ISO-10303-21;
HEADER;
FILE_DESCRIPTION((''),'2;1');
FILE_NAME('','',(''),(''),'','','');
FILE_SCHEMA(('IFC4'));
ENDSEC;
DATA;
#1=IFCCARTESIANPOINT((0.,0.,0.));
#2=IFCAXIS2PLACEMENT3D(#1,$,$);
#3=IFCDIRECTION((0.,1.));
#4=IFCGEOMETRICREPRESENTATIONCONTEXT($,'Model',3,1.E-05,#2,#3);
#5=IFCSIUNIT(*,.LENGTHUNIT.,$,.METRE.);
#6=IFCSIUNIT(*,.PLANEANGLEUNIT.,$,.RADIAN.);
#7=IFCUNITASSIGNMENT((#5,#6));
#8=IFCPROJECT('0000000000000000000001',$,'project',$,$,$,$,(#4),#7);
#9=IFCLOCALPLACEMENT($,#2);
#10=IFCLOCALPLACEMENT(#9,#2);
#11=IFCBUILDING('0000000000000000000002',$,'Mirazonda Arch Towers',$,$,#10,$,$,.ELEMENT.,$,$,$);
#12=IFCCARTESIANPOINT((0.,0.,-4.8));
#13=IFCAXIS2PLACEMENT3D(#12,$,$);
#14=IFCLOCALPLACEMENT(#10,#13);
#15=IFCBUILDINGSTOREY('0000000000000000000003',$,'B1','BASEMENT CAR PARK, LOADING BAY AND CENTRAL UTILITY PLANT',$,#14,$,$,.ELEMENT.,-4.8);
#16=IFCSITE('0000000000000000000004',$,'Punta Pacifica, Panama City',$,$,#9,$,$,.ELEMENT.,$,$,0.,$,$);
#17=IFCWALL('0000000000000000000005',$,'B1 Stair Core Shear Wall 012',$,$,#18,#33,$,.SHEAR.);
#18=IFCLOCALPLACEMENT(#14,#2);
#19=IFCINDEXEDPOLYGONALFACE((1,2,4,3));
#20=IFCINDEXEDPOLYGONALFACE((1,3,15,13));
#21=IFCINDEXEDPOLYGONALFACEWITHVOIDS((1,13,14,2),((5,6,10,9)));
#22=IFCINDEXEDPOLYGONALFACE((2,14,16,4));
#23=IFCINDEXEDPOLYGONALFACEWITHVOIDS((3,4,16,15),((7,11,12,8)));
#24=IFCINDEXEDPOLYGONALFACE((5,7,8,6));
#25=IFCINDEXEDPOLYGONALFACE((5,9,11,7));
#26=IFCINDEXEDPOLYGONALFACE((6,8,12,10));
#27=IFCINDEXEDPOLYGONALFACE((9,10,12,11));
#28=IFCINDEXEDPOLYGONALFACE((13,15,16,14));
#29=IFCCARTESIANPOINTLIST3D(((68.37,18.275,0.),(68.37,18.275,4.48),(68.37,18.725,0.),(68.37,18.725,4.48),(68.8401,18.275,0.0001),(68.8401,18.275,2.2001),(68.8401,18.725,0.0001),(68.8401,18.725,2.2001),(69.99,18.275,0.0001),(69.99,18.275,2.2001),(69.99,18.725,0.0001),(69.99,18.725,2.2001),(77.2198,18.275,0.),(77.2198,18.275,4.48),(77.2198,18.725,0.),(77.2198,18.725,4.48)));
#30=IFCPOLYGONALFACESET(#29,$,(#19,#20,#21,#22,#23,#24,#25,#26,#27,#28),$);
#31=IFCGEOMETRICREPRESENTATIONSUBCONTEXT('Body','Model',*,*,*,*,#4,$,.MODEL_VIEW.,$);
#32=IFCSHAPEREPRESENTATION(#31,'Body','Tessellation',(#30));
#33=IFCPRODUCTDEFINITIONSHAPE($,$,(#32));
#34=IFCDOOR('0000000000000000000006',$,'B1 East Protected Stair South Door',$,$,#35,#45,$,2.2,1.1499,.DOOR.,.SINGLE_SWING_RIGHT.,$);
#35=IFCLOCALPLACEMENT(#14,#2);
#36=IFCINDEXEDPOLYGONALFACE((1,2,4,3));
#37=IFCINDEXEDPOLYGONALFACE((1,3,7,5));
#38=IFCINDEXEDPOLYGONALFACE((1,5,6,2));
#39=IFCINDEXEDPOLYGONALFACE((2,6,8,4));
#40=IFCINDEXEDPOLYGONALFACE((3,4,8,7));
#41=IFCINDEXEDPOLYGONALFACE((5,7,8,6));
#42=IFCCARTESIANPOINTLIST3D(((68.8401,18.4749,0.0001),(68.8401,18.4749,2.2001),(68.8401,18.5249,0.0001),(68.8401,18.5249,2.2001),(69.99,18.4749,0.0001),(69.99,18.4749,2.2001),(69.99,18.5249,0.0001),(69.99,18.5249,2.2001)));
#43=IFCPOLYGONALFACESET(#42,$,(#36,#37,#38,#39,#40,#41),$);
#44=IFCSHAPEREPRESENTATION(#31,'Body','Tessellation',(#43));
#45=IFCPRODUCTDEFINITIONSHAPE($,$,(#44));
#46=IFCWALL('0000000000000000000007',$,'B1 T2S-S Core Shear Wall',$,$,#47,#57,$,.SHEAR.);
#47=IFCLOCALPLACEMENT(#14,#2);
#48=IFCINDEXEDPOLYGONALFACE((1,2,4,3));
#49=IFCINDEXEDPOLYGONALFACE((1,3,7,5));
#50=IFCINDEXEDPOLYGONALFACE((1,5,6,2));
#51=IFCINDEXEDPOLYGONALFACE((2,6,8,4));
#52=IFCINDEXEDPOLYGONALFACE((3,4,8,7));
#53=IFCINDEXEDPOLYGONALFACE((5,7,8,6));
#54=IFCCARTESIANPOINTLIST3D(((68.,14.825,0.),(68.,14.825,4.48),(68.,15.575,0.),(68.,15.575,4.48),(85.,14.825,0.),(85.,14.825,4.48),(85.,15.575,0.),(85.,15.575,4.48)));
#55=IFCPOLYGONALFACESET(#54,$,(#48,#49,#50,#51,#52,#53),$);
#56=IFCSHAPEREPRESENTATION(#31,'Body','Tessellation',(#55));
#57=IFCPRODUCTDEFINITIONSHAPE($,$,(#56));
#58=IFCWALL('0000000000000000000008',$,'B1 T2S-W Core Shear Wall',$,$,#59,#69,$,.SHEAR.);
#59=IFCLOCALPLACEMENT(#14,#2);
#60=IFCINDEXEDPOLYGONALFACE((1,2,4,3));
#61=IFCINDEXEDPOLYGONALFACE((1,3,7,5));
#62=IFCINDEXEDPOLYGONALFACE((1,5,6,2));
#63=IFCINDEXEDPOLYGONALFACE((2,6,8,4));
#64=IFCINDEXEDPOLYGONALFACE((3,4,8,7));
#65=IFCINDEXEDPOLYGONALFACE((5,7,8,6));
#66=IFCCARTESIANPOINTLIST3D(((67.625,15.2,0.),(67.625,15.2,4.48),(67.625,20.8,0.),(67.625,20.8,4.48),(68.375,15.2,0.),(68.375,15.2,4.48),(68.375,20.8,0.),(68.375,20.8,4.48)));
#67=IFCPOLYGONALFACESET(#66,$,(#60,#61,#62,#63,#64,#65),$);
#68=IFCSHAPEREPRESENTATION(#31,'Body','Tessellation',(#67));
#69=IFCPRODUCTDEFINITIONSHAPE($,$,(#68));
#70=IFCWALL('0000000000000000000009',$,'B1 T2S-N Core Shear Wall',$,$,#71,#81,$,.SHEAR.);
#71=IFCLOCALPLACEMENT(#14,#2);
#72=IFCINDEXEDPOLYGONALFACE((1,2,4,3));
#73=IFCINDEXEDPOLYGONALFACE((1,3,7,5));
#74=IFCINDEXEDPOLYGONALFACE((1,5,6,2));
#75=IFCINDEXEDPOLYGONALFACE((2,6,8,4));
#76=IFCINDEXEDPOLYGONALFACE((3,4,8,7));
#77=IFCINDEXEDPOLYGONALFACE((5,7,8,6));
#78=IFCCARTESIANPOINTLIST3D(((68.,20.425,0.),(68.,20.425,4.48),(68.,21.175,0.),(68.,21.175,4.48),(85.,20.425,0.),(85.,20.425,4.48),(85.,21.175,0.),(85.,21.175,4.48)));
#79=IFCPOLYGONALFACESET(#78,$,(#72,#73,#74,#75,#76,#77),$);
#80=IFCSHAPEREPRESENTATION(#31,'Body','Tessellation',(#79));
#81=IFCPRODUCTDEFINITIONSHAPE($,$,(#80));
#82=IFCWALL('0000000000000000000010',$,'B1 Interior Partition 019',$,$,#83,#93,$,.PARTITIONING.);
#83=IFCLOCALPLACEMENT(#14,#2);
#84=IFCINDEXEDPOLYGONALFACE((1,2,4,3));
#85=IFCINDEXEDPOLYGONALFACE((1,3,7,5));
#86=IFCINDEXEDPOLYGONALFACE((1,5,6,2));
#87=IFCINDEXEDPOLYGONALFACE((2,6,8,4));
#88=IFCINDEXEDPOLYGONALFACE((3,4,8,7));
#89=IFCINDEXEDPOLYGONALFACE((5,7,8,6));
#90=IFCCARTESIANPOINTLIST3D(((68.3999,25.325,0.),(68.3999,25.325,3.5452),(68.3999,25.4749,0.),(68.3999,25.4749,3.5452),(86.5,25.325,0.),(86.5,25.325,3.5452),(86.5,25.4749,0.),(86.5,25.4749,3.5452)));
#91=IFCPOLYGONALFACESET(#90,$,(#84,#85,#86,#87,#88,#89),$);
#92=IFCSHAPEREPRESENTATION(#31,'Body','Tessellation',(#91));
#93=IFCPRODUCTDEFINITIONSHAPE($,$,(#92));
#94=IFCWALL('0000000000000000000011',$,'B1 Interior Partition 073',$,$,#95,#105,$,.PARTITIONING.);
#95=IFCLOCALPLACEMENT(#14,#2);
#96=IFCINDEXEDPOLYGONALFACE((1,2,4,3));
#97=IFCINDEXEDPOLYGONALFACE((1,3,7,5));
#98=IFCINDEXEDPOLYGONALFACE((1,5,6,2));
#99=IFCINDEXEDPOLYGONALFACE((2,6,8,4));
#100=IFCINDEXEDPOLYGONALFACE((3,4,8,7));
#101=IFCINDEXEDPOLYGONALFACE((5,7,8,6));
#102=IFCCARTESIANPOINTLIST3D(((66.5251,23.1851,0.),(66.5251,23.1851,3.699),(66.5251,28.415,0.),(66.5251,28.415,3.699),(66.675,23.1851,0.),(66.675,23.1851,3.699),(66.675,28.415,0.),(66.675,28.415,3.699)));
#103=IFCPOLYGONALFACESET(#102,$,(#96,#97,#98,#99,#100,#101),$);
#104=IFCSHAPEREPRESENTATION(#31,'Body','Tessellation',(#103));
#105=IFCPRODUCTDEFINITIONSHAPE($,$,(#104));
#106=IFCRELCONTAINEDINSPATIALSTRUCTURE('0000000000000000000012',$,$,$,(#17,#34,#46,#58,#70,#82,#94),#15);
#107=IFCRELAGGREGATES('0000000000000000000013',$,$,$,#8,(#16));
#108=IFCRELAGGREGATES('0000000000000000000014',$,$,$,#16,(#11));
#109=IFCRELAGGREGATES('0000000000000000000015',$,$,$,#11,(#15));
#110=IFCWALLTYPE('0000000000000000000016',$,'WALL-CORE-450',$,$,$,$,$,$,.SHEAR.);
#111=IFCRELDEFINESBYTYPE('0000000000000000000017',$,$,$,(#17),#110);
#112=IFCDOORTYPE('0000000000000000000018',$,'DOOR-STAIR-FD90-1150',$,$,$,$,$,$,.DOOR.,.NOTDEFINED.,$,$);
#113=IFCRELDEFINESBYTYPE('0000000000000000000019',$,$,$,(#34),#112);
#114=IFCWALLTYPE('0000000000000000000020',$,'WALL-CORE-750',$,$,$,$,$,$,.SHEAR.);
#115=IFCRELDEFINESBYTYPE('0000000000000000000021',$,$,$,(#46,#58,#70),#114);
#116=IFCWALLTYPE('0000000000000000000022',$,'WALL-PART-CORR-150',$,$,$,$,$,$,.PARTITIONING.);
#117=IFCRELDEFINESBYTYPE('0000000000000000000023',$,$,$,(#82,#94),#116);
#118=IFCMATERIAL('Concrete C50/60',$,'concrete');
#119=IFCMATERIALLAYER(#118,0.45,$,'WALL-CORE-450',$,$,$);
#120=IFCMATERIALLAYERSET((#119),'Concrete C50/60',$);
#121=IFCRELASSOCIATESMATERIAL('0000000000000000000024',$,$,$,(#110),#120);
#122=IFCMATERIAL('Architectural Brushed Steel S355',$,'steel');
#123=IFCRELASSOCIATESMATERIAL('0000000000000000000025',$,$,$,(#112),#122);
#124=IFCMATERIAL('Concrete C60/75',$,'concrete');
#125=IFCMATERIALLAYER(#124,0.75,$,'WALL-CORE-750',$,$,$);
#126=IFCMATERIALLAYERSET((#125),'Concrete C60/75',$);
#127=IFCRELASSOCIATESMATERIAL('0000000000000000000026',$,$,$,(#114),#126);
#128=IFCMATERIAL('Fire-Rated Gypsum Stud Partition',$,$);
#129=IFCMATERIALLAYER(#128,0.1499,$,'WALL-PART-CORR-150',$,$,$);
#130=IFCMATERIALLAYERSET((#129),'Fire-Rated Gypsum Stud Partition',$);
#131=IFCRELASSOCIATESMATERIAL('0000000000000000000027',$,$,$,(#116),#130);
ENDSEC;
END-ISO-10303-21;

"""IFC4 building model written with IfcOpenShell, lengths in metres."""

from ifc_helpers import new_model, si_unit, direction, frame, frame_2d, origin, place, context, subcontext, project, spatial, rectangle, extrude, material, layer, layer_set, type_object, element, fill, save


model = new_model("IFC4")

# Units and contexts
model_context = context("Model", 3, precision=1e-05, world=origin(), true_north=direction((0.0, 1.0)))
body_context = subcontext(model_context, "Body", "Model", "MODEL_VIEW")
ifc_project = project(units=[si_unit("LENGTHUNIT", "METRE"), si_unit("PLANEANGLEUNIT", "RADIAN")], contexts=[model_context])

# Site, building, storey
site_placement = place(None, origin())
site = spatial("IfcSite", under=ifc_project, at=site_placement, Name="Punta Pacifica, Panama City", CompositionType="ELEMENT", RefElevation=0.0)
building_placement = place(site_placement, origin())
building = spatial("IfcBuilding", under=site, at=building_placement, Name="Mirazonda Arch Towers", CompositionType="ELEMENT")
storey_placement = place(building_placement, frame((0.0, 0.0, -4.8)))
storey = spatial("IfcBuildingStorey", under=building, at=storey_placement, Name="B1", Description="BASEMENT CAR PARK, LOADING BAY AND CENTRAL UTILITY PLANT", CompositionType="ELEMENT", Elevation=-4.8)

# Shared definitions
ifc_material_1 = material(Name="Concrete C50/60", Category="concrete")

# Shared definitions
ifc_material_2 = material(Name="Concrete C60/75", Category="concrete")

# Wall, opening, door
ifc_layer_1 = layer(ifc_material_1, 0.45, Name="WALL-CORE-450")
ifc_layer_set_1 = layer_set([ifc_layer_1], Name="Concrete C50/60")
wall_type_1 = type_object("IfcWallType", Name="WALL-CORE-450", PredefinedType="SHEAR", material=ifc_layer_set_1)
wall_1_placement = place(storey_placement, frame((68.3701, 18.5, 0.0), z_axis=(0.0, 0.0, 1.0), x_axis=(1.0, 0.0, 0.0)))
wall_1 = element("IfcWall", 1, at=wall_1_placement, inside=storey, type_object=wall_type_1, Name="B1 Stair Core Shear Wall 012", PredefinedType="SHEAR", context=body_context, shape_type="SweptSolid", body=[
    extrude(rectangle(XDim=8.8499, YDim=0.45, at=frame_2d((4.4248, 0.0))), origin(), (0.0, 0.0, 1.0), 4.48),
])
opening_placement = place(wall_1_placement, frame((0.47, 0.0, 0.0)))
opening = element("IfcOpeningElement", 2, at=opening_placement, cuts=wall_1, PredefinedType="OPENING", context=body_context, shape_type="SweptSolid", body=[
    extrude(rectangle(XDim=1.1499, YDim=2.2, at=frame_2d((0.575, 1.1001))), frame((0.0, 0.2349, 0.0), z_axis=(0.0, -1.0, 0.0), x_axis=(1.0, 0.0, 0.0)), (0.0, 0.0, 1.0), 0.47),
])
ifc_material_3 = material(Name="Architectural Brushed Steel S355", Category="steel")
door_type = type_object("IfcDoorType", Name="DOOR-STAIR-FD90-1150", OperationType="NOTDEFINED", PredefinedType="DOOR", material=ifc_material_3)
door_placement = place(opening_placement, origin())
door = element("IfcDoor", 3, at=door_placement, inside=storey, type_object=door_type, Name="B1 East Protected Stair South Door", OperationType="SINGLE_SWING_RIGHT", OverallHeight=2.2, OverallWidth=1.1499, PredefinedType="DOOR", context=body_context, shape_type="SweptSolid", body=[
    extrude(rectangle(XDim=1.1499, YDim=2.2, at=frame_2d((0.575, 1.1001))), frame((0.0, 0.0249, 0.0), z_axis=(0.0, -1.0, 0.0), x_axis=(1.0, 0.0, 0.0)), (0.0, 0.0, 1.0), 0.05),
])
fill(opening, door)

# Walls
ifc_layer_2 = layer(ifc_material_2, 0.75, Name="WALL-CORE-750")
ifc_layer_set_2 = layer_set([ifc_layer_2], Name="Concrete C60/75")
wall_type_2 = type_object("IfcWallType", Name="WALL-CORE-750", PredefinedType="SHEAR", material=ifc_layer_set_2)
wall_2_placement = place(storey_placement, frame((68.0, 15.2, 0.0), z_axis=(0.0, 0.0, 1.0), x_axis=(1.0, 0.0, 0.0)))
element("IfcWall", 4, at=wall_2_placement, inside=storey, type_object=wall_type_2, Name="B1 T2S-S Core Shear Wall", PredefinedType="SHEAR", context=body_context, shape_type="SweptSolid", body=[
    extrude(rectangle(XDim=17.0, YDim=0.75, at=frame_2d((8.5, 0.0))), origin(), (0.0, 0.0, 1.0), 4.48),
])
wall_3_placement = place(storey_placement, frame((68.0, 15.2, 0.0), z_axis=(0.0, 0.0, 1.0), x_axis=(0.0, 1.0, 0.0)))
element("IfcWall", 5, at=wall_3_placement, inside=storey, type_object=wall_type_2, Name="B1 T2S-W Core Shear Wall", PredefinedType="SHEAR", context=body_context, shape_type="SweptSolid", body=[
    extrude(rectangle(XDim=5.6001, YDim=0.75, at=frame_2d((2.8, 0.0))), origin(), (0.0, 0.0, 1.0), 4.48),
])
wall_4_placement = place(storey_placement, frame((68.0, 20.8, 0.0), z_axis=(0.0, 0.0, 1.0), x_axis=(1.0, 0.0, 0.0)))
element("IfcWall", 6, at=wall_4_placement, inside=storey, type_object=wall_type_2, Name="B1 T2S-N Core Shear Wall", PredefinedType="SHEAR", context=body_context, shape_type="SweptSolid", body=[
    extrude(rectangle(XDim=17.0, YDim=0.75, at=frame_2d((8.5, 0.0))), origin(), (0.0, 0.0, 1.0), 4.48),
])
ifc_material_4 = material(Name="Fire-Rated Gypsum Stud Partition")
ifc_layer_3 = layer(ifc_material_4, 0.1499, Name="WALL-PART-CORR-150")
ifc_layer_set_3 = layer_set([ifc_layer_3], Name="Fire-Rated Gypsum Stud Partition")
wall_type_3 = type_object("IfcWallType", Name="WALL-PART-CORR-150", PredefinedType="PARTITIONING", material=ifc_layer_set_3)
wall_5_placement = place(storey_placement, frame((68.3999, 25.3999, 0.0), z_axis=(0.0, 0.0, 1.0), x_axis=(1.0, 0.0, 0.0)))
element("IfcWall", 7, at=wall_5_placement, inside=storey, type_object=wall_type_3, Name="B1 Interior Partition 019", PredefinedType="PARTITIONING", context=body_context, shape_type="SweptSolid", body=[
    extrude(rectangle(XDim=18.1001, YDim=0.1499, at=frame_2d((9.05, 0.0))), origin(), (0.0, 0.0, 1.0), 3.5452),
])
wall_6_placement = place(storey_placement, frame((66.6001, 23.1851, 0.0), z_axis=(0.0, 0.0, 1.0), x_axis=(0.0, 1.0, 0.0)))
element("IfcWall", 8, at=wall_6_placement, inside=storey, type_object=wall_type_3, Name="B1 Interior Partition 073", PredefinedType="PARTITIONING", context=body_context, shape_type="SweptSolid", body=[
    extrude(rectangle(XDim=5.23, YDim=0.1499, at=frame_2d((2.615, 0.0))), origin(), (0.0, 0.0, 1.0), 3.699),
])

save(model, "model.ifc")
